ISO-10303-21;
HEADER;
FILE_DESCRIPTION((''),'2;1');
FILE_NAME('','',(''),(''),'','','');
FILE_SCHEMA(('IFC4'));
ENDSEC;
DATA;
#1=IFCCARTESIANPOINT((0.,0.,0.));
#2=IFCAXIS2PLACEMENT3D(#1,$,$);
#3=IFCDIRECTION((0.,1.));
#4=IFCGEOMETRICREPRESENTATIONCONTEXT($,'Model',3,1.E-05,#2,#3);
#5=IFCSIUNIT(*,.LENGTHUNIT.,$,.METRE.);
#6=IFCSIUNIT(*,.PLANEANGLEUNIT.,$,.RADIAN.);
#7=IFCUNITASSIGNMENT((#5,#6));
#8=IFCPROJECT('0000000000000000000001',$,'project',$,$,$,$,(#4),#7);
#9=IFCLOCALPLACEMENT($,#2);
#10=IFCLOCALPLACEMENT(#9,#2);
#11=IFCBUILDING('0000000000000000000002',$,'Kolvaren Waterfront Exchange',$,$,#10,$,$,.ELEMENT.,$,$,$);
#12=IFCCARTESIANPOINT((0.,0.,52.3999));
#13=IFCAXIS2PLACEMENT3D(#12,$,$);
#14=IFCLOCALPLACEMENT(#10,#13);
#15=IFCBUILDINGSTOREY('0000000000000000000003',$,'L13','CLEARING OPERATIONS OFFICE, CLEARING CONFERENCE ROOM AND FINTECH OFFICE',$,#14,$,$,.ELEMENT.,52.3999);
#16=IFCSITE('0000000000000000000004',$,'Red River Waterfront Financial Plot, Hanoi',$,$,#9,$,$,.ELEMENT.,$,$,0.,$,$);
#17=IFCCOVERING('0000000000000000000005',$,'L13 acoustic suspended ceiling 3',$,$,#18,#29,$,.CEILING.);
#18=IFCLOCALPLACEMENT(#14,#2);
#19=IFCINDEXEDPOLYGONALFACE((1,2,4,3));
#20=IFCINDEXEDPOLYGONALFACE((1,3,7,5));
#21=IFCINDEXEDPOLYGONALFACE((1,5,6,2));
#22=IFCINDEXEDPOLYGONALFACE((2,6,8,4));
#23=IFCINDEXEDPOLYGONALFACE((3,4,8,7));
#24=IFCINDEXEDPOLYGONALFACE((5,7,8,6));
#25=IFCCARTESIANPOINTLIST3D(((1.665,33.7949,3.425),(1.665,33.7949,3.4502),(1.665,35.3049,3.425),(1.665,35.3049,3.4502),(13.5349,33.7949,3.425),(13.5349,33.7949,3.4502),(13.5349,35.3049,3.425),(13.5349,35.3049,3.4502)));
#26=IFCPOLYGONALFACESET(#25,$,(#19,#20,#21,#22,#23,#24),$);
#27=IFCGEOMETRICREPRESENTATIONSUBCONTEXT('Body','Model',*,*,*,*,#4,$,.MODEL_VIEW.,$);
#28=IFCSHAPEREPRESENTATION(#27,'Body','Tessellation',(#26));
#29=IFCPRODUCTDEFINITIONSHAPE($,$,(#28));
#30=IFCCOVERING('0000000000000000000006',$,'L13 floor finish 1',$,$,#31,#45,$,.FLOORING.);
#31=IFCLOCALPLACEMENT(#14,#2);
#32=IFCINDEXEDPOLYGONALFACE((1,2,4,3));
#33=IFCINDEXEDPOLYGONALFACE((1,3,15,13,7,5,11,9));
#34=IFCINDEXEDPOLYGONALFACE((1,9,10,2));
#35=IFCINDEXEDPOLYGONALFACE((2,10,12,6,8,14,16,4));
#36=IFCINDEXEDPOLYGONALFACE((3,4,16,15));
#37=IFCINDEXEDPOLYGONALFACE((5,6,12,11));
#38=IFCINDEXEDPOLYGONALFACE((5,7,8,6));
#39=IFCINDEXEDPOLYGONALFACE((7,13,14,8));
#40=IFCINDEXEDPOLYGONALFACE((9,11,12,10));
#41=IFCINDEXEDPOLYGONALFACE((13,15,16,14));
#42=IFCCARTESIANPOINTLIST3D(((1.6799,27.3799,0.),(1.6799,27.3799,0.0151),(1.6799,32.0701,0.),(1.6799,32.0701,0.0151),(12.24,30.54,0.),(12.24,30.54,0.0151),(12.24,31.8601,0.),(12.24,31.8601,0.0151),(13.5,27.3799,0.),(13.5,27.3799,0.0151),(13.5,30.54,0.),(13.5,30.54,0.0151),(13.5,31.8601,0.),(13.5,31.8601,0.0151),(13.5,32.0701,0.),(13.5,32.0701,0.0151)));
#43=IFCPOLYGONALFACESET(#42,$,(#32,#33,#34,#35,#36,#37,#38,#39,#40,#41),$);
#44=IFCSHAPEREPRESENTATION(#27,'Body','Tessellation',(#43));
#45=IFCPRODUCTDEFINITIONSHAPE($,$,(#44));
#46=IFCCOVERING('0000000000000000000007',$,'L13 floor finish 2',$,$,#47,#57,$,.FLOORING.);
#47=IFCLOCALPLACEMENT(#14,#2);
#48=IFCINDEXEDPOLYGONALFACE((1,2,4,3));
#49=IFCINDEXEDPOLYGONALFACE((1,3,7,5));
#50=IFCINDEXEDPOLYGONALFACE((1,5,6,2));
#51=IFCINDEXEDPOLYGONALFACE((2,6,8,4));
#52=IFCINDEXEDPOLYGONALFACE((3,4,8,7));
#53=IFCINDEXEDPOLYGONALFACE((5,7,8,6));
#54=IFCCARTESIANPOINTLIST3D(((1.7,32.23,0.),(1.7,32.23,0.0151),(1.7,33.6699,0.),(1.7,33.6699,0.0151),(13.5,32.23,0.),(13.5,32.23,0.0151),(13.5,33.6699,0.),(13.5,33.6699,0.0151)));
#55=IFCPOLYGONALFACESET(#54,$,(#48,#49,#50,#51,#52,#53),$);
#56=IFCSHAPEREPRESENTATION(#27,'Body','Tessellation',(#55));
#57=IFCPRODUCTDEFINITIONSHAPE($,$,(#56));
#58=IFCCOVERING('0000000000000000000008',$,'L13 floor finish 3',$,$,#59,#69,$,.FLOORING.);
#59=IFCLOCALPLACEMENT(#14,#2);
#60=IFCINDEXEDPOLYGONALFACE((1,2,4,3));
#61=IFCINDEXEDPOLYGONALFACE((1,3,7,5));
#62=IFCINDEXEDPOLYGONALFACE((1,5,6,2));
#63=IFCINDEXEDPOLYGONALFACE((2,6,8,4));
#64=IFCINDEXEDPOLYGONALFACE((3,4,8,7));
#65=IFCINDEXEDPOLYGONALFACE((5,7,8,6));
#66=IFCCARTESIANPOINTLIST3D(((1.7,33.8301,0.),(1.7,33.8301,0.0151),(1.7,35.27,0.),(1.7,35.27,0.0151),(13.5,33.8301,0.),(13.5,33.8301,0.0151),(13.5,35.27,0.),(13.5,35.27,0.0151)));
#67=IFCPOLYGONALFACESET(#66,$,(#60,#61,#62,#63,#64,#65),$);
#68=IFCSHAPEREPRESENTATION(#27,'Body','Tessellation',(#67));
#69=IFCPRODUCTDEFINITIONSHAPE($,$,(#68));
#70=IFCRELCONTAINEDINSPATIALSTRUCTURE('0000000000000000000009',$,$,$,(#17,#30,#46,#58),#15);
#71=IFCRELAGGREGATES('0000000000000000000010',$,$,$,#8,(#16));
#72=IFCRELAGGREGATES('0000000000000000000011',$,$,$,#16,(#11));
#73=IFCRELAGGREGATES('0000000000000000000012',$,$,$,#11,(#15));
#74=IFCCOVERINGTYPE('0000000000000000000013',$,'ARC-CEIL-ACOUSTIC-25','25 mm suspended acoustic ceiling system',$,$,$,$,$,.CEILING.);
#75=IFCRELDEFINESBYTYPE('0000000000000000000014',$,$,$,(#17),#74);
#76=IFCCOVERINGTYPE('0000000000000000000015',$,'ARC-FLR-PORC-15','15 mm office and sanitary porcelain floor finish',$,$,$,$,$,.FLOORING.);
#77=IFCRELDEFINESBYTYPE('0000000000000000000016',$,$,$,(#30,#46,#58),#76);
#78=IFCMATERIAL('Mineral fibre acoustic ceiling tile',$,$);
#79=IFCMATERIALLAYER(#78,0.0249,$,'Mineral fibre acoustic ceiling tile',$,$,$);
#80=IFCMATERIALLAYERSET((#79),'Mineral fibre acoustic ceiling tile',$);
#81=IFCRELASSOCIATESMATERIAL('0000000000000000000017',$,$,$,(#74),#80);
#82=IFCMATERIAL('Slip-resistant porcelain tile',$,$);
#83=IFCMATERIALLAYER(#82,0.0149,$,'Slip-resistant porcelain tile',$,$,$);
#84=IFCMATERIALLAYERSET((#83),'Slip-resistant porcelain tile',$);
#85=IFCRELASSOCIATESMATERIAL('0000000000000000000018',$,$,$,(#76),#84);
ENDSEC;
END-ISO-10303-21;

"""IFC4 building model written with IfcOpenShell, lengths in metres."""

from ifc_helpers import new_model, si_unit, direction, frame, origin, place, context, subcontext, project, spatial, polyline, outline, extrude, material, layer, layer_set, type_object, element, save


model = new_model("IFC4")

# Units and contexts
model_context = context("Model", 3, precision=1e-05, world=origin(), true_north=direction((0.0, 1.0)))
body_context = subcontext(model_context, "Body", "Model", "MODEL_VIEW")
ifc_project = project(units=[si_unit("LENGTHUNIT", "METRE"), si_unit("PLANEANGLEUNIT", "RADIAN")], contexts=[model_context])

# Site, building, storey
site_placement = place(None, origin())
site = spatial("IfcSite", under=ifc_project, at=site_placement, Name="Red River Waterfront Financial Plot, Hanoi", CompositionType="ELEMENT", RefElevation=0.0)
building_placement = place(site_placement, origin())
building = spatial("IfcBuilding", under=site, at=building_placement, Name="Kolvaren Waterfront Exchange", CompositionType="ELEMENT")
storey_placement = place(building_placement, frame((0.0, 0.0, 52.3999)))
storey = spatial("IfcBuildingStorey", under=building, at=storey_placement, Name="L13", Description="CLEARING OPERATIONS OFFICE, CLEARING CONFERENCE ROOM AND FINTECH OFFICE", CompositionType="ELEMENT", Elevation=52.3999)

# Coverings
ifc_material_1 = material(Name="Mineral fibre acoustic ceiling tile")
ifc_layer_1 = layer(ifc_material_1, 0.0249, Name="Mineral fibre acoustic ceiling tile")
ifc_layer_set_1 = layer_set([ifc_layer_1], Name="Mineral fibre acoustic ceiling tile")
covering_type_1 = type_object("IfcCoveringType", Name="ARC-CEIL-ACOUSTIC-25", Description="25 mm suspended acoustic ceiling system", PredefinedType="CEILING", material=ifc_layer_set_1)
covering_1_placement = place(storey_placement, frame((0.0, 0.0, 3.425)))
element("IfcCovering", 1, at=covering_1_placement, inside=storey, type_object=covering_type_1, Name="L13 acoustic suspended ceiling 3", PredefinedType="CEILING", context=body_context, shape_type="SweptSolid", body=[
    extrude(outline(polyline([(13.5349, 33.7949), (13.5349, 35.3049), (1.665, 35.3049), (1.665, 33.7949), (13.5349, 33.7949)])), origin(), (0.0, 0.0, 1.0), 0.0251),
])
ifc_material_2 = material(Name="Slip-resistant porcelain tile")
ifc_layer_2 = layer(ifc_material_2, 0.0149, Name="Slip-resistant porcelain tile")
ifc_layer_set_2 = layer_set([ifc_layer_2], Name="Slip-resistant porcelain tile")
covering_type_2 = type_object("IfcCoveringType", Name="ARC-FLR-PORC-15", Description="15 mm office and sanitary porcelain floor finish", PredefinedType="FLOORING", material=ifc_layer_set_2)
covering_2_placement = place(storey_placement, origin())
element("IfcCovering", 2, at=covering_2_placement, inside=storey, type_object=covering_type_2, Name="L13 floor finish 1", PredefinedType="FLOORING", context=body_context, shape_type="SweptSolid", body=[
    extrude(outline(polyline([(1.6799, 32.0701), (1.6799, 27.3799), (13.5, 27.3799), (13.5, 30.54), (12.24, 30.54), (12.24, 31.8601), (13.5, 31.8601), (13.5, 32.0701), (1.6799, 32.0701)])), origin(), (0.0, 0.0, 1.0), 0.0151),
])
covering_3_placement = place(storey_placement, origin())
element("IfcCovering", 3, at=covering_3_placement, inside=storey, type_object=covering_type_2, Name="L13 floor finish 2", PredefinedType="FLOORING", context=body_context, shape_type="SweptSolid", body=[
    extrude(outline(polyline([(1.7, 33.6699), (1.7, 32.23), (13.5, 32.23), (13.5, 33.6699), (1.7, 33.6699)])), origin(), (0.0, 0.0, 1.0), 0.0151),
])
covering_4_placement = place(storey_placement, origin())
element("IfcCovering", 4, at=covering_4_placement, inside=storey, type_object=covering_type_2, Name="L13 floor finish 3", PredefinedType="FLOORING", context=body_context, shape_type="SweptSolid", body=[
    extrude(outline(polyline([(1.7, 35.27), (1.7, 33.8301), (13.5, 33.8301), (13.5, 35.27), (1.7, 35.27)])), origin(), (0.0, 0.0, 1.0), 0.0151),
])

save(model, "model.ifc")
